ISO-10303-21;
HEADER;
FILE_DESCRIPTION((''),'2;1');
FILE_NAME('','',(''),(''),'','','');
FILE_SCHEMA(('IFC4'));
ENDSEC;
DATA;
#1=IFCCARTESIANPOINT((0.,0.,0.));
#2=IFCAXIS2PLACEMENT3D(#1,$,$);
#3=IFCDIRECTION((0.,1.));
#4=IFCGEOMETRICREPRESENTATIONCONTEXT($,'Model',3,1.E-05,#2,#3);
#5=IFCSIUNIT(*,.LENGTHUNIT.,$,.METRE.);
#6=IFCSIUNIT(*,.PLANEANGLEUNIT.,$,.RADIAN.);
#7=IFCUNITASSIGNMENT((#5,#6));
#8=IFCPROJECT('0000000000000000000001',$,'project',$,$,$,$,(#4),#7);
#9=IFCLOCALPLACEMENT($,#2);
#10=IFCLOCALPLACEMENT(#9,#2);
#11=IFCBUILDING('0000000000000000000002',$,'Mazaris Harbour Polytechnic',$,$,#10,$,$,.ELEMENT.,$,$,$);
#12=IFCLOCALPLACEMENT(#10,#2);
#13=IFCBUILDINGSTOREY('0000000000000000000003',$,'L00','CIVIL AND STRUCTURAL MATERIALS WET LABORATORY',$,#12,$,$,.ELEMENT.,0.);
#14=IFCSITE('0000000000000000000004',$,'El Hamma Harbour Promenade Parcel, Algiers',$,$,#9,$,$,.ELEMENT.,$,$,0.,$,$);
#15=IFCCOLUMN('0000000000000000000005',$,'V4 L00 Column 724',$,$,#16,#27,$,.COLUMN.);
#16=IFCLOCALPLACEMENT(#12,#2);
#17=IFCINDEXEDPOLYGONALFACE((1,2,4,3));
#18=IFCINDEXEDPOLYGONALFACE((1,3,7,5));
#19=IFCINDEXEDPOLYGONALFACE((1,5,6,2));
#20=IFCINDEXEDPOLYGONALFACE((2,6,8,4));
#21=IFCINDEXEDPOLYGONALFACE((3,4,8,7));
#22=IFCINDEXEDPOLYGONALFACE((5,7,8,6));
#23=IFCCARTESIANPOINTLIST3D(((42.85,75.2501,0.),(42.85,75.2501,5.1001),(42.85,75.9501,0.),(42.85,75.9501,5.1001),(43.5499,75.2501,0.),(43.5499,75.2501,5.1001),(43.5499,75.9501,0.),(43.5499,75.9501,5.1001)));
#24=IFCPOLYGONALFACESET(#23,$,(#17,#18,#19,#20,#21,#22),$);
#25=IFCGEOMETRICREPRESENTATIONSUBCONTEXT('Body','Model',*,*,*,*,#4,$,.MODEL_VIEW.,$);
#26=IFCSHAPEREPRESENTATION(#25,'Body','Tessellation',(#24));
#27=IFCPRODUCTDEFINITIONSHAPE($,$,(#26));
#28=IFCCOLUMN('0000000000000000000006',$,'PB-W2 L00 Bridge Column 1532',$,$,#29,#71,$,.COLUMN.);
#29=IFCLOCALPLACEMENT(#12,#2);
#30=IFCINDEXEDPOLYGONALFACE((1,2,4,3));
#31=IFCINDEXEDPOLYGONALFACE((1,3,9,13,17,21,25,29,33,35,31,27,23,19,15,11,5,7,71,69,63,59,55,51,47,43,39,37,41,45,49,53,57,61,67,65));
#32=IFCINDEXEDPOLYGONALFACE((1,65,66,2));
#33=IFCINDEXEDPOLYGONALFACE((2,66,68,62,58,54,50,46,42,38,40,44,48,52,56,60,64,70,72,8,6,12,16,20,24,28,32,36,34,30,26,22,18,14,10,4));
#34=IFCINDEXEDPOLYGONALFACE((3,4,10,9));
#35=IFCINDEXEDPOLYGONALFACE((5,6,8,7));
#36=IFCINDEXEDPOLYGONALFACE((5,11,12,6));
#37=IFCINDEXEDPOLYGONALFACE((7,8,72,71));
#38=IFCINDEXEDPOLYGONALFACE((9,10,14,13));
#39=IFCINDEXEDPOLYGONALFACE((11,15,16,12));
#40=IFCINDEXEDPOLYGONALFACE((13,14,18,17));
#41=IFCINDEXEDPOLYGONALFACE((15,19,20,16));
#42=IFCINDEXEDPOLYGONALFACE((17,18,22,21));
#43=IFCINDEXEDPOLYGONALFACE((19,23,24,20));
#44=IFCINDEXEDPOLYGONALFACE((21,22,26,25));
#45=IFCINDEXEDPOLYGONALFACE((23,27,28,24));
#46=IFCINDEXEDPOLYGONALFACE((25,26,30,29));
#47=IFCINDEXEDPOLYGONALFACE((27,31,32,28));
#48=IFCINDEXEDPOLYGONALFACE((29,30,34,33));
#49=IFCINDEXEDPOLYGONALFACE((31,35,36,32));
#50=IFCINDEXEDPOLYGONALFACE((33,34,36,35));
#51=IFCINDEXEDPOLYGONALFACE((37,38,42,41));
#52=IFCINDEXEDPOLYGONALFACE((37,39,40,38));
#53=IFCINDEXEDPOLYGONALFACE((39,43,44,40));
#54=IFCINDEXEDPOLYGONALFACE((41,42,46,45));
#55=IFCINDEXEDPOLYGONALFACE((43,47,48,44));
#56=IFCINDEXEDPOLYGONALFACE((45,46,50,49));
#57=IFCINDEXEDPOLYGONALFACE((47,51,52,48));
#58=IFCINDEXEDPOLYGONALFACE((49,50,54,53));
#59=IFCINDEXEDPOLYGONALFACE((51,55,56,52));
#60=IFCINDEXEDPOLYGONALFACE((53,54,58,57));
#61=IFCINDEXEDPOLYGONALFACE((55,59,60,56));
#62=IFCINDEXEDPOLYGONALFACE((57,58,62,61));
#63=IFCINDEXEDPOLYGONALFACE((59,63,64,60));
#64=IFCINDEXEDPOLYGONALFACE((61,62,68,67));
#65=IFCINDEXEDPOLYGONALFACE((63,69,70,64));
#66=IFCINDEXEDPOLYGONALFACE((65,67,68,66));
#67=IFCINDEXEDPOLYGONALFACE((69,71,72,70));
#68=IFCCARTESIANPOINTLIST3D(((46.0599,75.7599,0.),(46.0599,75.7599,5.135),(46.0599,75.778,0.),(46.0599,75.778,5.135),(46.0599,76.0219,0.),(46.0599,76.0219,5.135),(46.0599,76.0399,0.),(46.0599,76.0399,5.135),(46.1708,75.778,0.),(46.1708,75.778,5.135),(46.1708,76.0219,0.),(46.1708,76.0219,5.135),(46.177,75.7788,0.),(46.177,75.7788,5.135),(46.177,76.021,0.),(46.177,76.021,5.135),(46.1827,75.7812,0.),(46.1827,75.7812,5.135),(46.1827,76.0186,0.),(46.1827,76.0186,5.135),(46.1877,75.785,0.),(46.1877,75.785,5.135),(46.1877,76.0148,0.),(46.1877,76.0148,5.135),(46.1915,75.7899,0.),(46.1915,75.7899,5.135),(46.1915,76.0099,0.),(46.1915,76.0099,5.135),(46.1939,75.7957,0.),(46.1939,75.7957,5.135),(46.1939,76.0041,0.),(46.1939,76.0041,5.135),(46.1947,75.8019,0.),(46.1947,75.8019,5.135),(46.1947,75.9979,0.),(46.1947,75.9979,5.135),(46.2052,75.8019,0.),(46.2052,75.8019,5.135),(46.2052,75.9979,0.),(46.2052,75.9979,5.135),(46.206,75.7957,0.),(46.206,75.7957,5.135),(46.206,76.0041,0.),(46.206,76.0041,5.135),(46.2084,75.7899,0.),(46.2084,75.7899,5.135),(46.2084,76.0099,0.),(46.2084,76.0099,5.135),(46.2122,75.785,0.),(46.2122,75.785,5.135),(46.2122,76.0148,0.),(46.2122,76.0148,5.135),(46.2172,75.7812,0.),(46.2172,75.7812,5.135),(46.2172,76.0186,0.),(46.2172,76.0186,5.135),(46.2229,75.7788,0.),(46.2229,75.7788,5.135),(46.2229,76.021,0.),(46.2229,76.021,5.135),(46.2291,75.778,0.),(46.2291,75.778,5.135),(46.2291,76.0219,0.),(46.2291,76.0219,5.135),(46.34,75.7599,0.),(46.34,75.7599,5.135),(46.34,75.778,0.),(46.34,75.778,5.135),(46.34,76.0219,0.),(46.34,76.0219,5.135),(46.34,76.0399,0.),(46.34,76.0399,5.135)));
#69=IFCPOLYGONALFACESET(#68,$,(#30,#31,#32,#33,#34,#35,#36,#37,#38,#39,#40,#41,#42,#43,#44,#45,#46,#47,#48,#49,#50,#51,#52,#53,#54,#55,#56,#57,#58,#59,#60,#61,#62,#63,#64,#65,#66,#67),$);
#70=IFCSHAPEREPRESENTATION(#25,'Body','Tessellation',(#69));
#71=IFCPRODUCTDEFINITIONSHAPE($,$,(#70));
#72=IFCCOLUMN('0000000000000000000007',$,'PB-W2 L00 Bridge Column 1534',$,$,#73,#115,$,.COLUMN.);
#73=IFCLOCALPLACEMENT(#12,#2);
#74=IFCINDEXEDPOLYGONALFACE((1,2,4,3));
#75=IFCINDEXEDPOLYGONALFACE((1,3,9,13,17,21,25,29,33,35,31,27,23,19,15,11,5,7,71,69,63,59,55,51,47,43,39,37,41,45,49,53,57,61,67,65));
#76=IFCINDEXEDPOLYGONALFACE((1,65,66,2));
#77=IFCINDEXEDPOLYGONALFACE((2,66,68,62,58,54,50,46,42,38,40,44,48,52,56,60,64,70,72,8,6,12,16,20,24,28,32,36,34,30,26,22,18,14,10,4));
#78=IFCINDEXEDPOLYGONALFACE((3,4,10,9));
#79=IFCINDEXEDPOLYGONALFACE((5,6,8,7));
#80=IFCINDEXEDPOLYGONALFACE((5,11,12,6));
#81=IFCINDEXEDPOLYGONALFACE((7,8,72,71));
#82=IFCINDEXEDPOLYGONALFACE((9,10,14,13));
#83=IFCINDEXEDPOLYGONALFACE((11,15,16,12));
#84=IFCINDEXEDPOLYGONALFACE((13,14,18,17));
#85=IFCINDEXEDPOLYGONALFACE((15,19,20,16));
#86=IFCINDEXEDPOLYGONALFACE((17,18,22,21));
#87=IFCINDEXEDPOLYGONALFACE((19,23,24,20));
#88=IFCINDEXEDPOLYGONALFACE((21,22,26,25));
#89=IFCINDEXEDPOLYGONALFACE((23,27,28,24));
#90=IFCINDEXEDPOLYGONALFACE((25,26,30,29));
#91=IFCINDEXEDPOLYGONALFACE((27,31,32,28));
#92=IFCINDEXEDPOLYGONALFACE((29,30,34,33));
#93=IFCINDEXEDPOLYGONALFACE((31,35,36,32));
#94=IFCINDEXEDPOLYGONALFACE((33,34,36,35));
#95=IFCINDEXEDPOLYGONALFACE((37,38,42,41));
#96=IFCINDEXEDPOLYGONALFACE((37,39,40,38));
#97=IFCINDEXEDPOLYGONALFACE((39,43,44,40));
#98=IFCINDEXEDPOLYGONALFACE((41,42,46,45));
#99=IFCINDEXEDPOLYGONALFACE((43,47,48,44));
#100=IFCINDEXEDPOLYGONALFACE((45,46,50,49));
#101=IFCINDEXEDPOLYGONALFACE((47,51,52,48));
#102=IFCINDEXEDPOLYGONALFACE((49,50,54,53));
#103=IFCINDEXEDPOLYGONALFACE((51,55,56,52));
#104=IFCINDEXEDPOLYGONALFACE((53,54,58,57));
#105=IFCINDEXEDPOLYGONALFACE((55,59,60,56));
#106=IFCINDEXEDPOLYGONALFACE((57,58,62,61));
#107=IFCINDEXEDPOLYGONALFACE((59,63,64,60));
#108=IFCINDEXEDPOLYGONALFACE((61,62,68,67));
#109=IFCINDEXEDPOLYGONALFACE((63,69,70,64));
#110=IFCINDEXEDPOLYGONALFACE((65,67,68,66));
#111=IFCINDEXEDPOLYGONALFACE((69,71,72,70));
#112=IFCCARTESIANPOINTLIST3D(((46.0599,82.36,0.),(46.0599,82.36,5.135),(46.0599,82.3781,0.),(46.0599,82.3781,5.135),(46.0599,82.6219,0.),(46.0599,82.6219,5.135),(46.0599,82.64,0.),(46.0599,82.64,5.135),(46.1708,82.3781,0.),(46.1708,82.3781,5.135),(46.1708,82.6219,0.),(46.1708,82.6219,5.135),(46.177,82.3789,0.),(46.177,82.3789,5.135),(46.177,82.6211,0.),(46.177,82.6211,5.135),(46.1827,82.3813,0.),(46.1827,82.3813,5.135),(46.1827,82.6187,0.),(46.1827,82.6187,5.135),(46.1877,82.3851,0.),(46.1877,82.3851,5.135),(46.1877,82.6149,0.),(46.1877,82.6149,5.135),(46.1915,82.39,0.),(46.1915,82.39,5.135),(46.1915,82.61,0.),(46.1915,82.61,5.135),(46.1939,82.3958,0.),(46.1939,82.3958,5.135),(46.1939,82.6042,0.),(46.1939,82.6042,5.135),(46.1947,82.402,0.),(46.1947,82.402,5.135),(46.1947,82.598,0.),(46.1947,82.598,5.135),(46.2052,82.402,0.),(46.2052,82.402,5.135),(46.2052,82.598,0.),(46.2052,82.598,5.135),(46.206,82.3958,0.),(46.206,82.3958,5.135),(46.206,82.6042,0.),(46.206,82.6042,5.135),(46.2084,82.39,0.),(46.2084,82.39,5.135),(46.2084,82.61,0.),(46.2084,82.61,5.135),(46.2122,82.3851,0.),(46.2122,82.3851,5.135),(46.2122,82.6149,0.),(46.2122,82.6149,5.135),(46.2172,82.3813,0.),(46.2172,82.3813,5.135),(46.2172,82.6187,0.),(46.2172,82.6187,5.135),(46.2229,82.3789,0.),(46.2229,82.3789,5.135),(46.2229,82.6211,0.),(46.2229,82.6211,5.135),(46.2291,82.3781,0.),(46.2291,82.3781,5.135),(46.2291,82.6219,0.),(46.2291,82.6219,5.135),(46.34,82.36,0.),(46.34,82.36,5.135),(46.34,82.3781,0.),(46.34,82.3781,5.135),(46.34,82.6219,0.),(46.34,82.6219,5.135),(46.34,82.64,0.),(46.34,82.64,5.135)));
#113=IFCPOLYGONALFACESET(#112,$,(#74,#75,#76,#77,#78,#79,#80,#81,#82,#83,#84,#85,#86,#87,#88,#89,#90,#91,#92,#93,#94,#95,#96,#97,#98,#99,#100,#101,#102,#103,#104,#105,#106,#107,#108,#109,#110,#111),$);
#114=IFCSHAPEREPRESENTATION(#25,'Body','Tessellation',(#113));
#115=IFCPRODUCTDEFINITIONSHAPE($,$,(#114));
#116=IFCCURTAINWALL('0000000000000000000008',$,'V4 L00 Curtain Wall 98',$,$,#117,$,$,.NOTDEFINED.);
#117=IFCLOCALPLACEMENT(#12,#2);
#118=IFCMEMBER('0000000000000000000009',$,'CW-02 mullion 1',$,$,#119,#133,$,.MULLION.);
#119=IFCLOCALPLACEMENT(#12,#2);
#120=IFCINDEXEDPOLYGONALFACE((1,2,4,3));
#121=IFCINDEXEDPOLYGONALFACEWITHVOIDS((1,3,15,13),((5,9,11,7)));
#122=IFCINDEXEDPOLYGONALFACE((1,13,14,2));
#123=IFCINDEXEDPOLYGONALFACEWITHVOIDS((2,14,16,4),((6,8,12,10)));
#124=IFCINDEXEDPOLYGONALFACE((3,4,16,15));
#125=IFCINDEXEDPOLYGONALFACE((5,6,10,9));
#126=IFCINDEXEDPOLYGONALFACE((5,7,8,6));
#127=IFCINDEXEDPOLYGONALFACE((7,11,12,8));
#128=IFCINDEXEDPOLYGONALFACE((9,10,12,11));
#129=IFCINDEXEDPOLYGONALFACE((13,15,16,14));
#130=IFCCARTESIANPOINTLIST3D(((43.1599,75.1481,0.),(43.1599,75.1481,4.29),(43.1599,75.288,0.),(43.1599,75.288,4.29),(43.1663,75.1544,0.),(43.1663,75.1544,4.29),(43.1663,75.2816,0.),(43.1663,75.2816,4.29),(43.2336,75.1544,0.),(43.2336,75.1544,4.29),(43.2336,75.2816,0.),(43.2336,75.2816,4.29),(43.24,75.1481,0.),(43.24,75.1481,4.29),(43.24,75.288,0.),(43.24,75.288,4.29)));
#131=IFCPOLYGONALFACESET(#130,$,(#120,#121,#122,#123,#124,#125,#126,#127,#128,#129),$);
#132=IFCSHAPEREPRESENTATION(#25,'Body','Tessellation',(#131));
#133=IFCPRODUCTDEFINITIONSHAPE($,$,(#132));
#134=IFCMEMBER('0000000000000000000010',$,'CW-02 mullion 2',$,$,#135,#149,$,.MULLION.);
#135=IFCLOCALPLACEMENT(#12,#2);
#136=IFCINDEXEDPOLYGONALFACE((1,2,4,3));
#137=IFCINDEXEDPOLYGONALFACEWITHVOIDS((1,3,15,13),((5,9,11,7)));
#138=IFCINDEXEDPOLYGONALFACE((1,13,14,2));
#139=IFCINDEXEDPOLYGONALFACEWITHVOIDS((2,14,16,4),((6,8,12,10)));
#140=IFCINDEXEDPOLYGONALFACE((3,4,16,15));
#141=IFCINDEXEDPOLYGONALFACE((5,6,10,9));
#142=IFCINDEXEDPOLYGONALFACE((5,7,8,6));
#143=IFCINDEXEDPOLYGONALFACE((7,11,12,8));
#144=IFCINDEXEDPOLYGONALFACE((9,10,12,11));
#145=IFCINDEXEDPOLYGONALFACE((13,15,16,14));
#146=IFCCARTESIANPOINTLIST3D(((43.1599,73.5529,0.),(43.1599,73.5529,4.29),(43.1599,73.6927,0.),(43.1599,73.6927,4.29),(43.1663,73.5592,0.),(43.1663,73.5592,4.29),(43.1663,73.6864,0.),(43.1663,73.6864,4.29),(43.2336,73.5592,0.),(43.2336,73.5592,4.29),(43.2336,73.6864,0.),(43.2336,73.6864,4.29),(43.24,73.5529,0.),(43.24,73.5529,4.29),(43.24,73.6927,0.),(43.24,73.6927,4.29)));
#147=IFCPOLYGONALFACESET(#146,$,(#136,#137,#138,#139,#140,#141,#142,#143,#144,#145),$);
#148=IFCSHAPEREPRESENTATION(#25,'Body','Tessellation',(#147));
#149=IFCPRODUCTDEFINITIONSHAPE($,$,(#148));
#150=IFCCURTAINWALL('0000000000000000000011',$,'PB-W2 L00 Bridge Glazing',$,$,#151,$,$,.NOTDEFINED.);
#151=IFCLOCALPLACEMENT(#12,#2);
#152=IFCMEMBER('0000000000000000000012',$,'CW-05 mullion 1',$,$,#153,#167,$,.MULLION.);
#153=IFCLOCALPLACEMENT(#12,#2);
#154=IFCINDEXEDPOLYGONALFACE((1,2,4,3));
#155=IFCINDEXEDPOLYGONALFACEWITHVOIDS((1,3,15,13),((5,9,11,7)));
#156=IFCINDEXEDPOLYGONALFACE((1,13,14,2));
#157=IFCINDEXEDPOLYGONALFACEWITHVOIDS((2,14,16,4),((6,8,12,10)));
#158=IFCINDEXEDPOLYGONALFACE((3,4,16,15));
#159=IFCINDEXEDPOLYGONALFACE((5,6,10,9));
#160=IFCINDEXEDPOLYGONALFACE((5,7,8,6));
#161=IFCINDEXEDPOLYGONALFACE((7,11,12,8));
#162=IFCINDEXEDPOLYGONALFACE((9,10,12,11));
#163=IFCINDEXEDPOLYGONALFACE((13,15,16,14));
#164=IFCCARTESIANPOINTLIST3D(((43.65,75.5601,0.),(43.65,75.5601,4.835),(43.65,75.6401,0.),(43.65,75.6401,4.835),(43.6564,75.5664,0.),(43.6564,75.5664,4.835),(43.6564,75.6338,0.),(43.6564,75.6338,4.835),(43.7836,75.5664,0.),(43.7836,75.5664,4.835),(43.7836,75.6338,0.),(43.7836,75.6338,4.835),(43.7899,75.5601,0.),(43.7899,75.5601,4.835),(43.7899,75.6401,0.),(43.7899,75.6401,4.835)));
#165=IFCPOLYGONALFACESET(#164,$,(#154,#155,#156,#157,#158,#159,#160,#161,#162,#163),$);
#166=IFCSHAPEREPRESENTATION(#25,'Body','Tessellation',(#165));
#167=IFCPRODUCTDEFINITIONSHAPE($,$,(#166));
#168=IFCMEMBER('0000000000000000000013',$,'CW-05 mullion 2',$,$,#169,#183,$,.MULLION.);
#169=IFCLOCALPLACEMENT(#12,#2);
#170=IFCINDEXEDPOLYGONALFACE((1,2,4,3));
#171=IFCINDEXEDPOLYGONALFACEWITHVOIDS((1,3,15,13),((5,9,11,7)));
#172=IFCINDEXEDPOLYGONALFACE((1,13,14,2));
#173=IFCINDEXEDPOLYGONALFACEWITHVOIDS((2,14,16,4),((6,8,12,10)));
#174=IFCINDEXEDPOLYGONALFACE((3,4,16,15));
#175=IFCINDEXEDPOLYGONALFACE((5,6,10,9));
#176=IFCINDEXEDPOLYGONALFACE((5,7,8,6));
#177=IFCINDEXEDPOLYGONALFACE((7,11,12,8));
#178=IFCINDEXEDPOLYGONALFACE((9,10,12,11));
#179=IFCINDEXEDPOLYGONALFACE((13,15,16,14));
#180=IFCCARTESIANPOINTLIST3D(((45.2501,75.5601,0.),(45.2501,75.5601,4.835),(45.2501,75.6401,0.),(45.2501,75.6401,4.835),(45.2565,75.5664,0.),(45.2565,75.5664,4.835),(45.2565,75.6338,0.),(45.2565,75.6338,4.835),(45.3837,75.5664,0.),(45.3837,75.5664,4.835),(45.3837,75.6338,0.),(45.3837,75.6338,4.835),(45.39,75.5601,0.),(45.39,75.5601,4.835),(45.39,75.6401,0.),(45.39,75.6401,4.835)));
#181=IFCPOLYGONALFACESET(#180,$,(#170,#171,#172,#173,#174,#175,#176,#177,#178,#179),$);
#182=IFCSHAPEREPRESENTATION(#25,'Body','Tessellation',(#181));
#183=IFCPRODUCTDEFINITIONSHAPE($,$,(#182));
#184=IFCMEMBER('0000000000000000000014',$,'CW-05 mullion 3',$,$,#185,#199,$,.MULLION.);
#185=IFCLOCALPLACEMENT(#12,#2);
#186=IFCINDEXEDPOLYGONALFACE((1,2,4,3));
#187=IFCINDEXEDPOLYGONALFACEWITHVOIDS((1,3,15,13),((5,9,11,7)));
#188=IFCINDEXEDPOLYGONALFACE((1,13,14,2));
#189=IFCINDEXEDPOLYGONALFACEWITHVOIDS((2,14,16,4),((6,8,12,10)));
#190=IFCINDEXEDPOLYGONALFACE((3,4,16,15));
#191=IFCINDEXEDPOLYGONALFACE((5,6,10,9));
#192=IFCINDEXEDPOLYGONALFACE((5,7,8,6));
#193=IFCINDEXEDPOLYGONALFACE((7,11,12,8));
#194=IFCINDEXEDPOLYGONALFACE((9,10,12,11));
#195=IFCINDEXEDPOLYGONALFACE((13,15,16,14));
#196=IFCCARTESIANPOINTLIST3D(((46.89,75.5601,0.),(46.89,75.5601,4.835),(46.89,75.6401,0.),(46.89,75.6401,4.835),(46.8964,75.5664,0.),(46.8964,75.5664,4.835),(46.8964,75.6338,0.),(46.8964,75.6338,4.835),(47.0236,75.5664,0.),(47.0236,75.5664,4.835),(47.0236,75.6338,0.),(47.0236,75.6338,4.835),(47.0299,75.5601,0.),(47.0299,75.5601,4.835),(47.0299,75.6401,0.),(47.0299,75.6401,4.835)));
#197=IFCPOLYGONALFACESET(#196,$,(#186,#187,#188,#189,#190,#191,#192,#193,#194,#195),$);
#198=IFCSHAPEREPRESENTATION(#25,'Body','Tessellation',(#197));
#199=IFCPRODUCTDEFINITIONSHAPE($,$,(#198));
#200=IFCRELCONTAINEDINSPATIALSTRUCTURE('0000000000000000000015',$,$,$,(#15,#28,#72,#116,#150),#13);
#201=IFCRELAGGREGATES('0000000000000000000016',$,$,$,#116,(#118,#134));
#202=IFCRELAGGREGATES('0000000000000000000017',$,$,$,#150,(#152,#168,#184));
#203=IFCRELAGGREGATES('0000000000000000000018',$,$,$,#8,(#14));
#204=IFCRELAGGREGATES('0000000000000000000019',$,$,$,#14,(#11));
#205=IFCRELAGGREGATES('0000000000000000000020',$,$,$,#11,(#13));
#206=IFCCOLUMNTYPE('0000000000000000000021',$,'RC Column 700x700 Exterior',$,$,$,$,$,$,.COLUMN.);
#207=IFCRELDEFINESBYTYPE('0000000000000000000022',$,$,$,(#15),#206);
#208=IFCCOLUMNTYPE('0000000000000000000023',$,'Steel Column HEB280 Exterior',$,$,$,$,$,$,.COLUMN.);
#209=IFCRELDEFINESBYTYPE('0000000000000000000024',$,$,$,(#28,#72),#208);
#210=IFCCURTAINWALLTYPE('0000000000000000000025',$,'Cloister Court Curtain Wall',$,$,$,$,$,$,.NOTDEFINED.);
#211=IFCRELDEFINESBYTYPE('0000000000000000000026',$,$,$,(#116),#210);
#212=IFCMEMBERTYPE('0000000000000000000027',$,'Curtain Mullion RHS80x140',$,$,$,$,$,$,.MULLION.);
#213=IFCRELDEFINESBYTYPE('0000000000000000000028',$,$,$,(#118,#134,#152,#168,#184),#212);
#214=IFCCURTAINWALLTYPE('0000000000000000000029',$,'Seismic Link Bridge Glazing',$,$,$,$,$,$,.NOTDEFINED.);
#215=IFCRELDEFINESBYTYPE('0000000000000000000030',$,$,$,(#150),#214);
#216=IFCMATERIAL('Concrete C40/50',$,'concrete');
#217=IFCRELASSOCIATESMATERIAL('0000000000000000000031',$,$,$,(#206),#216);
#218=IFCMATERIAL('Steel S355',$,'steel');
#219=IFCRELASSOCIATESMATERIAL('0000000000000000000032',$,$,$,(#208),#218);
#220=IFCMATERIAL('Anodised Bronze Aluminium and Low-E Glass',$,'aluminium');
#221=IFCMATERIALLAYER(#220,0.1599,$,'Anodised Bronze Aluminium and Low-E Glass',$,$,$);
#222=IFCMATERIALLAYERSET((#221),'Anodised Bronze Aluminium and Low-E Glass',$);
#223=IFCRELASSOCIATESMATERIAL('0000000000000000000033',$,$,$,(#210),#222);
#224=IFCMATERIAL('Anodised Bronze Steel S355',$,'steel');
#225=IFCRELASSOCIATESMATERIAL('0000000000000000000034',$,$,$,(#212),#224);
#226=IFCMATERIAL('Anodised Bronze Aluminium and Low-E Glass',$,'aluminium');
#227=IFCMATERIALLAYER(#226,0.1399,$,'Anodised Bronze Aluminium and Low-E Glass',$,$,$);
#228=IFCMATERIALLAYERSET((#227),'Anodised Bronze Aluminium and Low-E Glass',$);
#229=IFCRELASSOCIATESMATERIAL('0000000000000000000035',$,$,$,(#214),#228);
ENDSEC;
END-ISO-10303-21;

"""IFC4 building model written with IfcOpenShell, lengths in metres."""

from ifc_helpers import new_model, si_unit, direction, frame, origin, origin_2d, place, context, subcontext, project, spatial, rectangle, hollow_rectangle, i_section, extrude, material, layer, layer_set, material_profile, profile_set, type_object, element, aggregate, save


model = new_model("IFC4")

# Units and contexts
model_context = context("Model", 3, precision=1e-05, world=origin(), true_north=direction((0.0, 1.0)))
body_context = subcontext(model_context, "Body", "Model", "MODEL_VIEW")
ifc_project = project(units=[si_unit("LENGTHUNIT", "METRE"), si_unit("PLANEANGLEUNIT", "RADIAN")], contexts=[model_context])

# Site, building, storey
site_placement = place(None, origin())
site = spatial("IfcSite", under=ifc_project, at=site_placement, Name="El Hamma Harbour Promenade Parcel, Algiers", CompositionType="ELEMENT", RefElevation=0.0)
building_placement = place(site_placement, origin())
building = spatial("IfcBuilding", under=site, at=building_placement, Name="Mazaris Harbour Polytechnic", CompositionType="ELEMENT")
storey_placement = place(building_placement, origin())
storey = spatial("IfcBuildingStorey", under=building, at=storey_placement, Name="L00", Description="CIVIL AND STRUCTURAL MATERIALS WET LABORATORY", CompositionType="ELEMENT", Elevation=0.0)

# Columns
ifc_material_1 = material(Name="Concrete C40/50", Category="concrete")
ifc_material_profile_1 = material_profile(ifc_material_1, rectangle(XDim=0.7, YDim=0.7, at=origin_2d()), Name="RECT700x700")
ifc_profile_set_1 = profile_set([ifc_material_profile_1], Name="Concrete C40/50")
column_type_1 = type_object("IfcColumnType", Name="RC Column 700x700 Exterior", PredefinedType="COLUMN", material=ifc_profile_set_1)
column_placement = place(storey_placement, frame((43.2, 75.6001, 0.0), z_axis=(0.0, 0.0, 1.0), x_axis=(1.0, 0.0, 0.0)))
element("IfcColumn", 1, at=column_placement, inside=storey, type_object=column_type_1, Name="V4 L00 Column 724", PredefinedType="COLUMN", context=body_context, shape_type="SweptSolid", body=[
    extrude(rectangle(XDim=0.7, YDim=0.7, at=origin_2d()), origin(), (0.0, 0.0, 1.0), 5.1001),
])
ifc_material_2 = material(Name="Steel S355", Category="steel")
ifc_material_profile_2 = material_profile(ifc_material_2, i_section(OverallWidth=0.28, OverallDepth=0.28, WebThickness=0.0105, FlangeThickness=0.0181, FilletRadius=0.0239, at=origin_2d()), Name="HEB 280")
ifc_profile_set_2 = profile_set([ifc_material_profile_2], Name="Steel S355")
column_type_2 = type_object("IfcColumnType", Name="Steel Column HEB280 Exterior", PredefinedType="COLUMN", material=ifc_profile_set_2)
for number, where, z_axis, x_axis, name in (
    (2, (46.2, 75.8999, 0.0), (0.0, 0.0, 1.0), (1.0, 0.0, 0.0), "PB-W2 L00 Bridge Column 1532"),
    (3, (46.2, 82.5, 0.0), (0.0, 0.0, 1.0), (1.0, 0.0, 0.0), "PB-W2 L00 Bridge Column 1534"),
):
    element("IfcColumn", number, at=place(storey_placement, frame(where, z_axis=z_axis, x_axis=x_axis)), inside=storey, type_object=column_type_2, Name=name, PredefinedType="COLUMN", context=body_context, shape_type="SweptSolid", body=[
        extrude(i_section(OverallWidth=0.28, OverallDepth=0.28, WebThickness=0.0105, FlangeThickness=0.0181, FilletRadius=0.0239, at=origin_2d()), origin(), (0.0, 0.0, 1.0), 5.135),
    ])

# Curtain walls, members
ifc_material_3 = material(Name="Anodised Bronze Aluminium and Low-E Glass", Category="aluminium")
ifc_layer_1 = layer(ifc_material_3, 0.1599, Name="Anodised Bronze Aluminium and Low-E Glass")
ifc_layer_set_1 = layer_set([ifc_layer_1], Name="Anodised Bronze Aluminium and Low-E Glass")
curtain_wall_type_1 = type_object("IfcCurtainWallType", Name="Cloister Court Curtain Wall", PredefinedType="NOTDEFINED", material=ifc_layer_set_1)
curtain_wall_1_placement = place(storey_placement, origin())
curtain_wall_1 = element("IfcCurtainWall", 4, at=curtain_wall_1_placement, inside=storey, type_object=curtain_wall_type_1, Name="V4 L00 Curtain Wall 98", PredefinedType="NOTDEFINED")
ifc_material_4 = material(Name="Anodised Bronze Steel S355", Category="steel")
ifc_material_profile_3 = material_profile(ifc_material_4, hollow_rectangle(XDim=0.0801, YDim=0.1399, WallThickness=0.0063, at=origin_2d()), Name="RHS 80x140x6.3")
ifc_profile_set_3 = profile_set([ifc_material_profile_3], Name="Anodised Bronze Steel S355")
member_type_1 = type_object("IfcMemberType", Name="Curtain Mullion RHS80x140", PredefinedType="MULLION", material=ifc_profile_set_3)
member_1_placement = place(storey_placement, frame((43.2, 75.218, 0.0), z_axis=(0.0, 0.0, 1.0), x_axis=(1.0, 0.0, 0.0)))
member_1 = element("IfcMember", 5, at=member_1_placement, type_object=member_type_1, Name="CW-02 mullion 1", PredefinedType="MULLION", context=body_context, shape_type="SweptSolid", body=[
    extrude(hollow_rectangle(XDim=0.0801, YDim=0.1399, WallThickness=0.0063, at=origin_2d()), origin(), (0.0, 0.0, 1.0), 4.29),
])
member_2_placement = place(storey_placement, frame((43.2, 73.6228, 0.0), z_axis=(0.0, 0.0, 1.0), x_axis=(1.0, 0.0, 0.0)))
member_2 = element("IfcMember", 6, at=member_2_placement, type_object=member_type_1, Name="CW-02 mullion 2", PredefinedType="MULLION", context=body_context, shape_type="SweptSolid", body=[
    extrude(hollow_rectangle(XDim=0.0801, YDim=0.1399, WallThickness=0.0063, at=origin_2d()), origin(), (0.0, 0.0, 1.0), 4.29),
])
ifc_material_5 = material(Name="Anodised Bronze Aluminium and Low-E Glass", Category="aluminium")
ifc_layer_2 = layer(ifc_material_5, 0.1399, Name="Anodised Bronze Aluminium and Low-E Glass")
ifc_layer_set_2 = layer_set([ifc_layer_2], Name="Anodised Bronze Aluminium and Low-E Glass")
curtain_wall_type_2 = type_object("IfcCurtainWallType", Name="Seismic Link Bridge Glazing", PredefinedType="NOTDEFINED", material=ifc_layer_set_2)
curtain_wall_2_placement = place(storey_placement, origin())
curtain_wall_2 = element("IfcCurtainWall", 7, at=curtain_wall_2_placement, inside=storey, type_object=curtain_wall_type_2, Name="PB-W2 L00 Bridge Glazing", PredefinedType="NOTDEFINED")
member_3_placement = place(storey_placement, frame((43.72, 75.6001, 0.0), z_axis=(0.0, 0.0, 1.0), x_axis=(0.0, 1.0, 0.0)))
member_3 = element("IfcMember", 8, at=member_3_placement, type_object=member_type_1, Name="CW-05 mullion 1", PredefinedType="MULLION", context=body_context, shape_type="SweptSolid", body=[
    extrude(hollow_rectangle(XDim=0.0801, YDim=0.1399, WallThickness=0.0063, at=origin_2d()), origin(), (0.0, 0.0, 1.0), 4.835),
])
member_4_placement = place(storey_placement, frame((45.3201, 75.6001, 0.0), z_axis=(0.0, 0.0, 1.0), x_axis=(0.0, 1.0, 0.0)))
member_4 = element("IfcMember", 9, at=member_4_placement, type_object=member_type_1, Name="CW-05 mullion 2", PredefinedType="MULLION", context=body_context, shape_type="SweptSolid", body=[
    extrude(hollow_rectangle(XDim=0.0801, YDim=0.1399, WallThickness=0.0063, at=origin_2d()), origin(), (0.0, 0.0, 1.0), 4.835),
])
member_5_placement = place(storey_placement, frame((46.96, 75.6001, 0.0), z_axis=(0.0, 0.0, 1.0), x_axis=(0.0, 1.0, 0.0)))
member_5 = element("IfcMember", 10, at=member_5_placement, type_object=member_type_1, Name="CW-05 mullion 3", PredefinedType="MULLION", context=body_context, shape_type="SweptSolid", body=[
    extrude(hollow_rectangle(XDim=0.0801, YDim=0.1399, WallThickness=0.0063, at=origin_2d()), origin(), (0.0, 0.0, 1.0), 4.835),
])

aggregate(curtain_wall_1, [member_1, member_2])
aggregate(curtain_wall_2, [member_3, member_4, member_5])

save(model, "model.ifc")
